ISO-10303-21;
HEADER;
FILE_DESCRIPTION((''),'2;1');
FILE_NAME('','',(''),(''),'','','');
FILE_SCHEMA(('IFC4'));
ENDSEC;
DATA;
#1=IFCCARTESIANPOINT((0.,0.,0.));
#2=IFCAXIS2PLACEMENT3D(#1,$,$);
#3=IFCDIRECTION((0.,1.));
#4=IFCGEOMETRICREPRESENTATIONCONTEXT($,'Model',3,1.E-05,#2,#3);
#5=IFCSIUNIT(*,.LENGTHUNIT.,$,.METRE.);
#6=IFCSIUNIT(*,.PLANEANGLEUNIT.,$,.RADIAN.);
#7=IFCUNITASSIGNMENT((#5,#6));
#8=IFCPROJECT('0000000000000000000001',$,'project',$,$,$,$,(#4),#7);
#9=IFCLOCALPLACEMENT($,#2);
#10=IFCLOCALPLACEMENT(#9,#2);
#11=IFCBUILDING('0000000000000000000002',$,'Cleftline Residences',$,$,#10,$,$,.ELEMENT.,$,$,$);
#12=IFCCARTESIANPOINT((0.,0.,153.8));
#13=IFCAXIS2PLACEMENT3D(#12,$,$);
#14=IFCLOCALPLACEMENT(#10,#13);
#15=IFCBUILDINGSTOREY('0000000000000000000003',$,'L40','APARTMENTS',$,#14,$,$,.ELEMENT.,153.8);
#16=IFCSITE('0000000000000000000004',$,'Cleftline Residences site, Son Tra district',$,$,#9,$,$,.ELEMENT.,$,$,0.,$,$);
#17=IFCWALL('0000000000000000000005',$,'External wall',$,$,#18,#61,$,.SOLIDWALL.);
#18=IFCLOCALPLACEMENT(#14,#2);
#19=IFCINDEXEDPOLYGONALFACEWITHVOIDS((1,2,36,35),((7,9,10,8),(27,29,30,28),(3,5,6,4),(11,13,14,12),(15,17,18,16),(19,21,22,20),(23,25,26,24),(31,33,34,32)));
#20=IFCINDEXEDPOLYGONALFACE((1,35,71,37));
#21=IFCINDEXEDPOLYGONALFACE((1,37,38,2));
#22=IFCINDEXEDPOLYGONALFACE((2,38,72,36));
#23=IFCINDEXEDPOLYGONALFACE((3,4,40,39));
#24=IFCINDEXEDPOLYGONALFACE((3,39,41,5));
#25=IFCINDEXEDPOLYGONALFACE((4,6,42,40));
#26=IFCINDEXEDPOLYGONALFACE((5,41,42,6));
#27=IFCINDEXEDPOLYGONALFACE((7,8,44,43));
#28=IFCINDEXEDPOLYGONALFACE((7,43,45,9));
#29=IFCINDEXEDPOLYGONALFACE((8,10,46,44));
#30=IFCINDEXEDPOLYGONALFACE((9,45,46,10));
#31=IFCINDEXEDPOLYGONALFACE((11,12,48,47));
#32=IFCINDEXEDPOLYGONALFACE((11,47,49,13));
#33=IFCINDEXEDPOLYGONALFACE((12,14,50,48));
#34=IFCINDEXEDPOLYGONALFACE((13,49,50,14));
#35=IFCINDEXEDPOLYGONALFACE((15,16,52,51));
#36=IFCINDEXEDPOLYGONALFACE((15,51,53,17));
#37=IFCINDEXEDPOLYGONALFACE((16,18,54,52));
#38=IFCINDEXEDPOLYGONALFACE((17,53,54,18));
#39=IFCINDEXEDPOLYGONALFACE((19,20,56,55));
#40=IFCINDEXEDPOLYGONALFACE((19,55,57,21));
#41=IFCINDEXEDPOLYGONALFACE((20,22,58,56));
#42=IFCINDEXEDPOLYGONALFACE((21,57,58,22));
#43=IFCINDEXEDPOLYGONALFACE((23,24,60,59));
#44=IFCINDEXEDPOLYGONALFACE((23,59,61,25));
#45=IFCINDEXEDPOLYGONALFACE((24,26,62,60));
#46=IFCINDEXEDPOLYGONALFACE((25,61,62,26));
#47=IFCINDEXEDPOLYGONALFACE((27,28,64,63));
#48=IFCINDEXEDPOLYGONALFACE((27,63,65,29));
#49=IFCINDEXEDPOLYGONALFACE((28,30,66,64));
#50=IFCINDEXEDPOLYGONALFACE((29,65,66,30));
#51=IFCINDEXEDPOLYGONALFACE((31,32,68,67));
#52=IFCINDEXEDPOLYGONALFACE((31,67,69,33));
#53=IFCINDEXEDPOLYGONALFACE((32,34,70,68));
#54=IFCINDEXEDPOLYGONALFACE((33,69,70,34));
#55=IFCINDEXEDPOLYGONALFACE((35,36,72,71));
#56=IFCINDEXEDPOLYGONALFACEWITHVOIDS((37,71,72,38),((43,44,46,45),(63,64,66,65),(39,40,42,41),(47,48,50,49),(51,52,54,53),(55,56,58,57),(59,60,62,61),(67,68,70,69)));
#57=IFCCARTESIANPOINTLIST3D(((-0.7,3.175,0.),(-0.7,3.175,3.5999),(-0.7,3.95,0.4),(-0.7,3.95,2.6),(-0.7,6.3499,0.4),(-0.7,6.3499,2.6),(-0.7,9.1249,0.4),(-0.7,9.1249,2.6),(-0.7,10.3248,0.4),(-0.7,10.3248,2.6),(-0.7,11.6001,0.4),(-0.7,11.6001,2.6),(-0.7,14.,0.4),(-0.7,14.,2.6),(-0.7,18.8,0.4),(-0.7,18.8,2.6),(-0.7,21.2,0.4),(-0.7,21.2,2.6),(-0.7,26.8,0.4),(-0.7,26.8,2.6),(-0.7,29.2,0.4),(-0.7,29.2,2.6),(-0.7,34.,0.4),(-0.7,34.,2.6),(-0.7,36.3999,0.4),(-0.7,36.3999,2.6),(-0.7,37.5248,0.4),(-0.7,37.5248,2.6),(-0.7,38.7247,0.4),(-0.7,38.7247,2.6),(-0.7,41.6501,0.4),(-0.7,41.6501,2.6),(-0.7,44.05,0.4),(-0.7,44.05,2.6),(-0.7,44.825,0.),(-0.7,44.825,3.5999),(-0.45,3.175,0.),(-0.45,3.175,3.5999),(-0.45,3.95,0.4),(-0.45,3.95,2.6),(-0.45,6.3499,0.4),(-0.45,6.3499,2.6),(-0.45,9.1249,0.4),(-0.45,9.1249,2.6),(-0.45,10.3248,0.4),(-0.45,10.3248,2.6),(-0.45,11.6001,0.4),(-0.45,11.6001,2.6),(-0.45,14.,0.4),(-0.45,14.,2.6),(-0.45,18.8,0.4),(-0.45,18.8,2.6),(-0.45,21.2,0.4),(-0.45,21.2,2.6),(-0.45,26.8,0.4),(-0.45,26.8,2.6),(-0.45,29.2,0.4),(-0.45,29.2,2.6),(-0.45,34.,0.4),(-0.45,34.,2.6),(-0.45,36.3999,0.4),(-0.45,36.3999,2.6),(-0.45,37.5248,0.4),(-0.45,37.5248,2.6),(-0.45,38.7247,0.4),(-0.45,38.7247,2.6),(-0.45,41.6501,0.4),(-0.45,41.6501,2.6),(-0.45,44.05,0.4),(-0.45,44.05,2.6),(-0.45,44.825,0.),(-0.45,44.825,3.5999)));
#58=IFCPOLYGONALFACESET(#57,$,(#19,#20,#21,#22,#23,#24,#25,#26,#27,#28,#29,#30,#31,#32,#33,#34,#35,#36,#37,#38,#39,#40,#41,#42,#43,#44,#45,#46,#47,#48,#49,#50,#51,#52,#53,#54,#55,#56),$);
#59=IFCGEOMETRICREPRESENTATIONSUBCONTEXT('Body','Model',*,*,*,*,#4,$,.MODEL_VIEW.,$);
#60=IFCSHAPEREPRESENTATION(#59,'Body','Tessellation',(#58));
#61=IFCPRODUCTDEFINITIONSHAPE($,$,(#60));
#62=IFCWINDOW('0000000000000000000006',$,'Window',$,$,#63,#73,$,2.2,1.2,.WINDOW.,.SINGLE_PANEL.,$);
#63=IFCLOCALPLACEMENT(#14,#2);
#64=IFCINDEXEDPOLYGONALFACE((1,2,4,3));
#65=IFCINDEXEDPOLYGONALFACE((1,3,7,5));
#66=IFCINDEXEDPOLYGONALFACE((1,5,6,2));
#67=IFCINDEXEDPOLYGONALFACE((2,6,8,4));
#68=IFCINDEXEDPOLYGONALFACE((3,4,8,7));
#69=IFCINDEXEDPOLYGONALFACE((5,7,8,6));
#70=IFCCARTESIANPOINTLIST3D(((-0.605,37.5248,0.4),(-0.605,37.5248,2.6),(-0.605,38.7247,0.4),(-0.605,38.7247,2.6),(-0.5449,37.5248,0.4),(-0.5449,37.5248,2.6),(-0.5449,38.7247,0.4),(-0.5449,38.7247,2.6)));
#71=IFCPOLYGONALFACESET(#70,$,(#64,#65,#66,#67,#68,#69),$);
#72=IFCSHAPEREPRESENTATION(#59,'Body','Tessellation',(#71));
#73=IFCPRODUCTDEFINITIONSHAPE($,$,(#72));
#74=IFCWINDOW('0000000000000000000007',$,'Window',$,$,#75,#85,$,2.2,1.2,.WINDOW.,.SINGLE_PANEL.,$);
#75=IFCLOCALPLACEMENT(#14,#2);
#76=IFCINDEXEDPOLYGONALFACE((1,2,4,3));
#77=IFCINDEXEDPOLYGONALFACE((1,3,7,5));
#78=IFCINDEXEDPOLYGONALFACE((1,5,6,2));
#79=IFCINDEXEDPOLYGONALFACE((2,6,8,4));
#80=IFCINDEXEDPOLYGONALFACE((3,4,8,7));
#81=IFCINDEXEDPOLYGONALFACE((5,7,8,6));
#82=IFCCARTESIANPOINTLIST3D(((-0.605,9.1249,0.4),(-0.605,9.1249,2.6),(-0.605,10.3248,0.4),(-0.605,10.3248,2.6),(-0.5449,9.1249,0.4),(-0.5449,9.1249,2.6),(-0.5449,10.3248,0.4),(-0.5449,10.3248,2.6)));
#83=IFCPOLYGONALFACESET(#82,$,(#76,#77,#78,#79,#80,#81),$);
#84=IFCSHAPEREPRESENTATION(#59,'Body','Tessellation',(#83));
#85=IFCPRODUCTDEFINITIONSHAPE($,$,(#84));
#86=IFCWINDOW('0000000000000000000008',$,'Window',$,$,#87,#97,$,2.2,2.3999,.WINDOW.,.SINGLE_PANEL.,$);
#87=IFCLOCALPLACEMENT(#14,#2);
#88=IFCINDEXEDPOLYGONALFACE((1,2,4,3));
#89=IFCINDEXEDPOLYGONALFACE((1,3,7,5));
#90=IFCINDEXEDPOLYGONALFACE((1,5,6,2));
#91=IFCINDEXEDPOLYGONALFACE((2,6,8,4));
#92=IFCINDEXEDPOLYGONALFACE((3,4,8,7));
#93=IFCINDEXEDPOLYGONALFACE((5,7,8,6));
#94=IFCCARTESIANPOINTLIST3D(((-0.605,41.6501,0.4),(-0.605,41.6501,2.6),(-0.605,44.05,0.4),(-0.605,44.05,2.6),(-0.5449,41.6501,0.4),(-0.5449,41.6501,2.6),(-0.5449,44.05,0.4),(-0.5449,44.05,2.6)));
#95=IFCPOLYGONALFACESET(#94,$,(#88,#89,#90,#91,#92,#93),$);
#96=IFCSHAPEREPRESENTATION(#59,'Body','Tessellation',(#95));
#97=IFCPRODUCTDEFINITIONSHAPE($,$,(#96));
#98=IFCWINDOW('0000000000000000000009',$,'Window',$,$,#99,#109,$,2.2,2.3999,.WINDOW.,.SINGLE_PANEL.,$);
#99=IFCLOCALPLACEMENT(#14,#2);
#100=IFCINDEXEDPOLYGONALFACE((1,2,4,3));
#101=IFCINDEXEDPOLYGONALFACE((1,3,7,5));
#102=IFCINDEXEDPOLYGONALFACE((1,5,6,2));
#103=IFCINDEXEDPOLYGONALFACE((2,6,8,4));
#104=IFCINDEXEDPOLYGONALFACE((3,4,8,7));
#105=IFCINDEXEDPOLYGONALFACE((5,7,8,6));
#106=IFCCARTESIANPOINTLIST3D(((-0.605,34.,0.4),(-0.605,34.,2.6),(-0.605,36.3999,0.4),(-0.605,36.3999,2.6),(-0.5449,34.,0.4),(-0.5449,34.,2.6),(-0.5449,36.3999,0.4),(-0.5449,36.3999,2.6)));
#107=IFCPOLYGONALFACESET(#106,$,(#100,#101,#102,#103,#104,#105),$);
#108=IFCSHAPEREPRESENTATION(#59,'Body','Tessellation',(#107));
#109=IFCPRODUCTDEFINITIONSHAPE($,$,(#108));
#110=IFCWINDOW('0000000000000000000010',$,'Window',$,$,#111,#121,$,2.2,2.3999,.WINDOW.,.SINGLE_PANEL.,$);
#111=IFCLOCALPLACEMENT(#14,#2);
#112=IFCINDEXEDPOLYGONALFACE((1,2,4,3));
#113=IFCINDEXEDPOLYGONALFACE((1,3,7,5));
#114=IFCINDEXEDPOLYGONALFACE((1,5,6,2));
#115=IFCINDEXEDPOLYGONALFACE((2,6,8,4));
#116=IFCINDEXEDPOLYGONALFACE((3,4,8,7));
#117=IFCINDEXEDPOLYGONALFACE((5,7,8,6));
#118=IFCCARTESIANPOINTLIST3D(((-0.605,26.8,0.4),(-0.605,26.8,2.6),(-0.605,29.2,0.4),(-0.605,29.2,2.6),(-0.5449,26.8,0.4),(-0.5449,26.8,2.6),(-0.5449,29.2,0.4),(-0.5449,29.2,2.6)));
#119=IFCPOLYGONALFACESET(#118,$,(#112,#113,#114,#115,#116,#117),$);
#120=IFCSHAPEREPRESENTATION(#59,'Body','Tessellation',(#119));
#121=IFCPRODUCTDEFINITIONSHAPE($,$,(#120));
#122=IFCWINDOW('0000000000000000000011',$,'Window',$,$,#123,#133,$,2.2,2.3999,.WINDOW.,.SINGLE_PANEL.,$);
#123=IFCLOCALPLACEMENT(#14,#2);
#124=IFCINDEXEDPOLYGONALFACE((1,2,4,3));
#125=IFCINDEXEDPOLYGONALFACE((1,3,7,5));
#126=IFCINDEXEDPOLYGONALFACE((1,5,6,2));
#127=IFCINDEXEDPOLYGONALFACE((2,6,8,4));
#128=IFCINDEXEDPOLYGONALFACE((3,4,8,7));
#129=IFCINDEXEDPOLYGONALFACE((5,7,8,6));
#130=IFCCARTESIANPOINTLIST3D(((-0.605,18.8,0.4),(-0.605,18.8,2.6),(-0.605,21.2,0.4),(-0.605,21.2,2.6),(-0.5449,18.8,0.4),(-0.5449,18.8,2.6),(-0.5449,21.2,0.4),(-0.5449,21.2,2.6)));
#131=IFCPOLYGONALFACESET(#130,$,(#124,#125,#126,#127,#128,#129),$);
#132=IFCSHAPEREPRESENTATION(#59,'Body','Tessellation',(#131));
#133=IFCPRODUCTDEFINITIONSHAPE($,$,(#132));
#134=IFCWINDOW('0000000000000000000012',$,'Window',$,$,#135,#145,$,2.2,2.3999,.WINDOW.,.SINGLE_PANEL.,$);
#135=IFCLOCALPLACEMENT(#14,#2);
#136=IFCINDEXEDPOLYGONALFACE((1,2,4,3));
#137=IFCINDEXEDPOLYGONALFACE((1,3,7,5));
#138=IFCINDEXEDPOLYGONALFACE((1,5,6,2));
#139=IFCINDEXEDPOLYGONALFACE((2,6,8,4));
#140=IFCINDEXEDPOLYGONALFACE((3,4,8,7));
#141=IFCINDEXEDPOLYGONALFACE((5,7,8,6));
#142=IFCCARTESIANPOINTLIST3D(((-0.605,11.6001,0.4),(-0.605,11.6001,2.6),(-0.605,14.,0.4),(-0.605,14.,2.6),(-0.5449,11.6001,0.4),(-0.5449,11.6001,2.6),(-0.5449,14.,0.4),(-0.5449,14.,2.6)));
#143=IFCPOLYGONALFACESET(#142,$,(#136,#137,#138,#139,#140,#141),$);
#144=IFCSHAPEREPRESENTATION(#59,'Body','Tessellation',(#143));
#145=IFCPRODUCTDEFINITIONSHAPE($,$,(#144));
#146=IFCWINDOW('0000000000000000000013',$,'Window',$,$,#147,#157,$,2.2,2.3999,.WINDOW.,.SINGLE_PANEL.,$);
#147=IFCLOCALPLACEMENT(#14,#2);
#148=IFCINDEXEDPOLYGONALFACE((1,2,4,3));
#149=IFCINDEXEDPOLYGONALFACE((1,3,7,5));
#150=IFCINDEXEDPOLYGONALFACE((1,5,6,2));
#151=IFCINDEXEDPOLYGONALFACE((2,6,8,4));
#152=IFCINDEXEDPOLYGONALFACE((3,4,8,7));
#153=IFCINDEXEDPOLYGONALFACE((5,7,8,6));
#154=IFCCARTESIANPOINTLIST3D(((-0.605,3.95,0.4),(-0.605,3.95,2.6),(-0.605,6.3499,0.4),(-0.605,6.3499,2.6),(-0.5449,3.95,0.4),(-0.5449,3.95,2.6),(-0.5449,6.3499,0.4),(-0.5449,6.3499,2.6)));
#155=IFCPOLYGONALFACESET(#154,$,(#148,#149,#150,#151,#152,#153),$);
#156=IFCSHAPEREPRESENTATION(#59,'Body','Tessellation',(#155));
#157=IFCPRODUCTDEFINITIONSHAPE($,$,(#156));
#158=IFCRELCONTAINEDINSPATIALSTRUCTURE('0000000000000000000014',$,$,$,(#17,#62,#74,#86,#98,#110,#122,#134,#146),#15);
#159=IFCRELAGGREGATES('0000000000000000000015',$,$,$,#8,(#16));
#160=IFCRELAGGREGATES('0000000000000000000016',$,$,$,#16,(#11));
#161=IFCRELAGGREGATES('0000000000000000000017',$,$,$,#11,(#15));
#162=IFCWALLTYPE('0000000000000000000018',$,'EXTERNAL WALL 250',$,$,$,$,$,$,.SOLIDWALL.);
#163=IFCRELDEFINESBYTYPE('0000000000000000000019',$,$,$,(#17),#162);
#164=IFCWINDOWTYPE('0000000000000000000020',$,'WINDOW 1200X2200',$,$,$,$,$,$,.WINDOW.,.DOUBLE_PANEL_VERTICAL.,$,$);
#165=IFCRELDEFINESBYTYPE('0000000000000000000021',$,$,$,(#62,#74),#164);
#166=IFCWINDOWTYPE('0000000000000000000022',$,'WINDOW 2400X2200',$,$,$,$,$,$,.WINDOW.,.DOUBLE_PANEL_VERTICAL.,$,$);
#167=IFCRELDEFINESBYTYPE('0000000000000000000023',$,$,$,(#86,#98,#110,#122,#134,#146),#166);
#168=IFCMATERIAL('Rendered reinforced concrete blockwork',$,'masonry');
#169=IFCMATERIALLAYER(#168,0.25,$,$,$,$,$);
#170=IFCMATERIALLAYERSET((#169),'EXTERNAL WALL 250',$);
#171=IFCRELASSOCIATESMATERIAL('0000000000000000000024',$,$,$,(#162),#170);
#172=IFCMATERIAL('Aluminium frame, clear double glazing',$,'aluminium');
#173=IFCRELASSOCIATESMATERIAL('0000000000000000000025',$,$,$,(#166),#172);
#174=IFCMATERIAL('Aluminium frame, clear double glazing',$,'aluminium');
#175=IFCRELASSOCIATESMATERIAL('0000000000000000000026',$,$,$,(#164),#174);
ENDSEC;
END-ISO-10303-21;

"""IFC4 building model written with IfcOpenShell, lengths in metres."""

from ifc_helpers import new_model, si_unit, direction, frame, frame_2d, origin, place, context, subcontext, project, spatial, rectangle, extrude, material, layer, layer_set, type_object, element, fill, save


model = new_model("IFC4")

# Units and contexts
model_context = context("Model", 3, precision=1e-05, world=origin(), true_north=direction((0.0, 1.0)))
body_context = subcontext(model_context, "Body", "Model", "MODEL_VIEW")
ifc_project = project(units=[si_unit("LENGTHUNIT", "METRE"), si_unit("PLANEANGLEUNIT", "RADIAN")], contexts=[model_context])

# Site, building, storey
site_placement = place(None, origin())
site = spatial("IfcSite", under=ifc_project, at=site_placement, Name="Cleftline Residences site, Son Tra district", CompositionType="ELEMENT", RefElevation=0.0)
building_placement = place(site_placement, origin())
building = spatial("IfcBuilding", under=site, at=building_placement, Name="Cleftline Residences", CompositionType="ELEMENT")
storey_placement = place(building_placement, frame((0.0, 0.0, 153.8)))
storey = spatial("IfcBuildingStorey", under=building, at=storey_placement, Name="L40", Description="APARTMENTS", CompositionType="ELEMENT", Elevation=153.8)

# Shared definitions
ifc_material_1 = material(Name="Rendered reinforced concrete blockwork", Category="masonry")
ifc_layer_1 = layer(ifc_material_1, 0.25)
ifc_layer_set_1 = layer_set([ifc_layer_1], Name="EXTERNAL WALL 250")
wall_type_1 = type_object("IfcWallType", Name="EXTERNAL WALL 250", PredefinedType="SOLIDWALL", material=ifc_layer_set_1)
ifc_material_2 = material(Name="Aluminium frame, clear double glazing", Category="aluminium")
window_type_1 = type_object("IfcWindowType", Name="WINDOW 2400X2200", PartitioningType="DOUBLE_PANEL_VERTICAL", PredefinedType="WINDOW", material=ifc_material_2)

# Wall, openings, windows
wall_1_placement = place(storey_placement, frame((-0.575, 44.825, 0.0), z_axis=(0.0, 0.0, 1.0), x_axis=(0.0, -1.0, 0.0)))
wall_1 = element("IfcWall", 1, at=wall_1_placement, inside=storey, type_object=wall_type_1, Name="External wall", PredefinedType="SOLIDWALL", context=body_context, shape_type="SweptSolid", body=[
    extrude(rectangle(XDim=41.6499, YDim=0.25, at=frame_2d((20.825, 0.0))), origin(), (0.0, 0.0, 1.0), 3.5999),
])
opening_1_placement = place(wall_1_placement, frame((0.7749, 0.0, 0.3999)))
opening_1 = element("IfcOpeningElement", 2, at=opening_1_placement, cuts=wall_1, PredefinedType="OPENING", context=body_context, shape_type="SweptSolid", body=[
    extrude(rectangle(XDim=2.3999, YDim=2.2, at=frame_2d((1.2, 1.1001))), frame((0.0, 0.135, 0.0), z_axis=(0.0, -1.0, 0.0), x_axis=(1.0, 0.0, 0.0)), (0.0, 0.0, 1.0), 0.27),
])
opening_2_placement = place(wall_1_placement, frame((6.1001, 0.0, 0.3999)))
opening_2 = element("IfcOpeningElement", 3, at=opening_2_placement, cuts=wall_1, PredefinedType="OPENING", context=body_context, shape_type="SweptSolid", body=[
    extrude(rectangle(XDim=1.2, YDim=2.2, at=frame_2d((0.6001, 1.1001))), frame((0.0, 0.135, 0.0), z_axis=(0.0, -1.0, 0.0), x_axis=(1.0, 0.0, 0.0)), (0.0, 0.0, 1.0), 0.27),
])
opening_3_placement = place(wall_1_placement, frame((8.425, 0.0, 0.3999)))
opening_3 = element("IfcOpeningElement", 4, at=opening_3_placement, cuts=wall_1, PredefinedType="OPENING", context=body_context, shape_type="SweptSolid", body=[
    extrude(rectangle(XDim=2.3999, YDim=2.2, at=frame_2d((1.2, 1.1001))), frame((0.0, 0.135, 0.0), z_axis=(0.0, -1.0, 0.0), x_axis=(1.0, 0.0, 0.0)), (0.0, 0.0, 1.0), 0.27),
])
opening_4_placement = place(wall_1_placement, frame((15.625, 0.0, 0.3999)))
opening_4 = element("IfcOpeningElement", 5, at=opening_4_placement, cuts=wall_1, PredefinedType="OPENING", context=body_context, shape_type="SweptSolid", body=[
    extrude(rectangle(XDim=2.3999, YDim=2.2, at=frame_2d((1.2, 1.1001))), frame((0.0, 0.135, 0.0), z_axis=(0.0, -1.0, 0.0), x_axis=(1.0, 0.0, 0.0)), (0.0, 0.0, 1.0), 0.27),
])
opening_5_placement = place(wall_1_placement, frame((23.625, 0.0, 0.3999)))
opening_5 = element("IfcOpeningElement", 6, at=opening_5_placement, cuts=wall_1, PredefinedType="OPENING", context=body_context, shape_type="SweptSolid", body=[
    extrude(rectangle(XDim=2.3999, YDim=2.2, at=frame_2d((1.2, 1.1001))), frame((0.0, 0.135, 0.0), z_axis=(0.0, -1.0, 0.0), x_axis=(1.0, 0.0, 0.0)), (0.0, 0.0, 1.0), 0.27),
])
opening_6_placement = place(wall_1_placement, frame((30.825, 0.0, 0.3999)))
opening_6 = element("IfcOpeningElement", 7, at=opening_6_placement, cuts=wall_1, PredefinedType="OPENING", context=body_context, shape_type="SweptSolid", body=[
    extrude(rectangle(XDim=2.3999, YDim=2.2, at=frame_2d((1.2, 1.1001))), frame((0.0, 0.135, 0.0), z_axis=(0.0, -1.0, 0.0), x_axis=(1.0, 0.0, 0.0)), (0.0, 0.0, 1.0), 0.27),
])
opening_7_placement = place(wall_1_placement, frame((34.5, 0.0, 0.3999)))
opening_7 = element("IfcOpeningElement", 8, at=opening_7_placement, cuts=wall_1, PredefinedType="OPENING", context=body_context, shape_type="SweptSolid", body=[
    extrude(rectangle(XDim=1.2, YDim=2.2, at=frame_2d((0.6001, 1.1001))), frame((0.0, 0.135, 0.0), z_axis=(0.0, -1.0, 0.0), x_axis=(1.0, 0.0, 0.0)), (0.0, 0.0, 1.0), 0.27),
])
opening_8_placement = place(wall_1_placement, frame((38.4751, 0.0, 0.3999)))
opening_8 = element("IfcOpeningElement", 9, at=opening_8_placement, cuts=wall_1, PredefinedType="OPENING", context=body_context, shape_type="SweptSolid", body=[
    extrude(rectangle(XDim=2.3999, YDim=2.2, at=frame_2d((1.2, 1.1001))), frame((0.0, 0.135, 0.0), z_axis=(0.0, -1.0, 0.0), x_axis=(1.0, 0.0, 0.0)), (0.0, 0.0, 1.0), 0.27),
])
ifc_material_3 = material(Name="Aluminium frame, clear double glazing", Category="aluminium")
window_type_2 = type_object("IfcWindowType", Name="WINDOW 1200X2200", PartitioningType="DOUBLE_PANEL_VERTICAL", PredefinedType="WINDOW", material=ifc_material_3)
window_1_placement = place(opening_2_placement, origin())
window_1 = element("IfcWindow", 10, at=window_1_placement, inside=storey, type_object=window_type_2, Name="Window", OverallHeight=2.2, OverallWidth=1.2, PartitioningType="SINGLE_PANEL", PredefinedType="WINDOW", context=body_context, shape_type="SweptSolid", body=[
    extrude(rectangle(XDim=1.2, YDim=2.2, at=frame_2d((0.6001, 1.1001))), frame((0.0, 0.03, 0.0), z_axis=(0.0, -1.0, 0.0), x_axis=(1.0, 0.0, 0.0)), (0.0, 0.0, 1.0), 0.0601),
])
fill(opening_2, window_1)
window_2_placement = place(opening_7_placement, origin())
window_2 = element("IfcWindow", 11, at=window_2_placement, inside=storey, type_object=window_type_2, Name="Window", OverallHeight=2.2, OverallWidth=1.2, PartitioningType="SINGLE_PANEL", PredefinedType="WINDOW", context=body_context, shape_type="SweptSolid", body=[
    extrude(rectangle(XDim=1.2, YDim=2.2, at=frame_2d((0.6001, 1.1001))), frame((0.0, 0.03, 0.0), z_axis=(0.0, -1.0, 0.0), x_axis=(1.0, 0.0, 0.0)), (0.0, 0.0, 1.0), 0.0601),
])
fill(opening_7, window_2)
window_3_placement = place(opening_1_placement, origin())
window_3 = element("IfcWindow", 12, at=window_3_placement, inside=storey, type_object=window_type_1, Name="Window", OverallHeight=2.2, OverallWidth=2.3999, PartitioningType="SINGLE_PANEL", PredefinedType="WINDOW", context=body_context, shape_type="SweptSolid", body=[
    extrude(rectangle(XDim=2.3999, YDim=2.2, at=frame_2d((1.2, 1.1001))), frame((0.0, 0.03, 0.0), z_axis=(0.0, -1.0, 0.0), x_axis=(1.0, 0.0, 0.0)), (0.0, 0.0, 1.0), 0.0601),
])
fill(opening_1, window_3)
window_4_placement = place(opening_3_placement, origin())
window_4 = element("IfcWindow", 13, at=window_4_placement, inside=storey, type_object=window_type_1, Name="Window", OverallHeight=2.2, OverallWidth=2.3999, PartitioningType="SINGLE_PANEL", PredefinedType="WINDOW", context=body_context, shape_type="SweptSolid", body=[
    extrude(rectangle(XDim=2.3999, YDim=2.2, at=frame_2d((1.2, 1.1001))), frame((0.0, 0.03, 0.0), z_axis=(0.0, -1.0, 0.0), x_axis=(1.0, 0.0, 0.0)), (0.0, 0.0, 1.0), 0.0601),
])
fill(opening_3, window_4)
window_5_placement = place(opening_4_placement, origin())
window_5 = element("IfcWindow", 14, at=window_5_placement, inside=storey, type_object=window_type_1, Name="Window", OverallHeight=2.2, OverallWidth=2.3999, PartitioningType="SINGLE_PANEL", PredefinedType="WINDOW", context=body_context, shape_type="SweptSolid", body=[
    extrude(rectangle(XDim=2.3999, YDim=2.2, at=frame_2d((1.2, 1.1001))), frame((0.0, 0.03, 0.0), z_axis=(0.0, -1.0, 0.0), x_axis=(1.0, 0.0, 0.0)), (0.0, 0.0, 1.0), 0.0601),
])
fill(opening_4, window_5)
window_6_placement = place(opening_5_placement, origin())
window_6 = element("IfcWindow", 15, at=window_6_placement, inside=storey, type_object=window_type_1, Name="Window", OverallHeight=2.2, OverallWidth=2.3999, PartitioningType="SINGLE_PANEL", PredefinedType="WINDOW", context=body_context, shape_type="SweptSolid", body=[
    extrude(rectangle(XDim=2.3999, YDim=2.2, at=frame_2d((1.2, 1.1001))), frame((0.0, 0.03, 0.0), z_axis=(0.0, -1.0, 0.0), x_axis=(1.0, 0.0, 0.0)), (0.0, 0.0, 1.0), 0.0601),
])
fill(opening_5, window_6)
window_7_placement = place(opening_6_placement, origin())
window_7 = element("IfcWindow", 16, at=window_7_placement, inside=storey, type_object=window_type_1, Name="Window", OverallHeight=2.2, OverallWidth=2.3999, PartitioningType="SINGLE_PANEL", PredefinedType="WINDOW", context=body_context, shape_type="SweptSolid", body=[
    extrude(rectangle(XDim=2.3999, YDim=2.2, at=frame_2d((1.2, 1.1001))), frame((0.0, 0.03, 0.0), z_axis=(0.0, -1.0, 0.0), x_axis=(1.0, 0.0, 0.0)), (0.0, 0.0, 1.0), 0.0601),
])
fill(opening_6, window_7)
window_8_placement = place(opening_8_placement, origin())
window_8 = element("IfcWindow", 17, at=window_8_placement, inside=storey, type_object=window_type_1, Name="Window", OverallHeight=2.2, OverallWidth=2.3999, PartitioningType="SINGLE_PANEL", PredefinedType="WINDOW", context=body_context, shape_type="SweptSolid", body=[
    extrude(rectangle(XDim=2.3999, YDim=2.2, at=frame_2d((1.2, 1.1001))), frame((0.0, 0.03, 0.0), z_axis=(0.0, -1.0, 0.0), x_axis=(1.0, 0.0, 0.0)), (0.0, 0.0, 1.0), 0.0601),
])
fill(opening_8, window_8)

save(model, "model.ifc")
